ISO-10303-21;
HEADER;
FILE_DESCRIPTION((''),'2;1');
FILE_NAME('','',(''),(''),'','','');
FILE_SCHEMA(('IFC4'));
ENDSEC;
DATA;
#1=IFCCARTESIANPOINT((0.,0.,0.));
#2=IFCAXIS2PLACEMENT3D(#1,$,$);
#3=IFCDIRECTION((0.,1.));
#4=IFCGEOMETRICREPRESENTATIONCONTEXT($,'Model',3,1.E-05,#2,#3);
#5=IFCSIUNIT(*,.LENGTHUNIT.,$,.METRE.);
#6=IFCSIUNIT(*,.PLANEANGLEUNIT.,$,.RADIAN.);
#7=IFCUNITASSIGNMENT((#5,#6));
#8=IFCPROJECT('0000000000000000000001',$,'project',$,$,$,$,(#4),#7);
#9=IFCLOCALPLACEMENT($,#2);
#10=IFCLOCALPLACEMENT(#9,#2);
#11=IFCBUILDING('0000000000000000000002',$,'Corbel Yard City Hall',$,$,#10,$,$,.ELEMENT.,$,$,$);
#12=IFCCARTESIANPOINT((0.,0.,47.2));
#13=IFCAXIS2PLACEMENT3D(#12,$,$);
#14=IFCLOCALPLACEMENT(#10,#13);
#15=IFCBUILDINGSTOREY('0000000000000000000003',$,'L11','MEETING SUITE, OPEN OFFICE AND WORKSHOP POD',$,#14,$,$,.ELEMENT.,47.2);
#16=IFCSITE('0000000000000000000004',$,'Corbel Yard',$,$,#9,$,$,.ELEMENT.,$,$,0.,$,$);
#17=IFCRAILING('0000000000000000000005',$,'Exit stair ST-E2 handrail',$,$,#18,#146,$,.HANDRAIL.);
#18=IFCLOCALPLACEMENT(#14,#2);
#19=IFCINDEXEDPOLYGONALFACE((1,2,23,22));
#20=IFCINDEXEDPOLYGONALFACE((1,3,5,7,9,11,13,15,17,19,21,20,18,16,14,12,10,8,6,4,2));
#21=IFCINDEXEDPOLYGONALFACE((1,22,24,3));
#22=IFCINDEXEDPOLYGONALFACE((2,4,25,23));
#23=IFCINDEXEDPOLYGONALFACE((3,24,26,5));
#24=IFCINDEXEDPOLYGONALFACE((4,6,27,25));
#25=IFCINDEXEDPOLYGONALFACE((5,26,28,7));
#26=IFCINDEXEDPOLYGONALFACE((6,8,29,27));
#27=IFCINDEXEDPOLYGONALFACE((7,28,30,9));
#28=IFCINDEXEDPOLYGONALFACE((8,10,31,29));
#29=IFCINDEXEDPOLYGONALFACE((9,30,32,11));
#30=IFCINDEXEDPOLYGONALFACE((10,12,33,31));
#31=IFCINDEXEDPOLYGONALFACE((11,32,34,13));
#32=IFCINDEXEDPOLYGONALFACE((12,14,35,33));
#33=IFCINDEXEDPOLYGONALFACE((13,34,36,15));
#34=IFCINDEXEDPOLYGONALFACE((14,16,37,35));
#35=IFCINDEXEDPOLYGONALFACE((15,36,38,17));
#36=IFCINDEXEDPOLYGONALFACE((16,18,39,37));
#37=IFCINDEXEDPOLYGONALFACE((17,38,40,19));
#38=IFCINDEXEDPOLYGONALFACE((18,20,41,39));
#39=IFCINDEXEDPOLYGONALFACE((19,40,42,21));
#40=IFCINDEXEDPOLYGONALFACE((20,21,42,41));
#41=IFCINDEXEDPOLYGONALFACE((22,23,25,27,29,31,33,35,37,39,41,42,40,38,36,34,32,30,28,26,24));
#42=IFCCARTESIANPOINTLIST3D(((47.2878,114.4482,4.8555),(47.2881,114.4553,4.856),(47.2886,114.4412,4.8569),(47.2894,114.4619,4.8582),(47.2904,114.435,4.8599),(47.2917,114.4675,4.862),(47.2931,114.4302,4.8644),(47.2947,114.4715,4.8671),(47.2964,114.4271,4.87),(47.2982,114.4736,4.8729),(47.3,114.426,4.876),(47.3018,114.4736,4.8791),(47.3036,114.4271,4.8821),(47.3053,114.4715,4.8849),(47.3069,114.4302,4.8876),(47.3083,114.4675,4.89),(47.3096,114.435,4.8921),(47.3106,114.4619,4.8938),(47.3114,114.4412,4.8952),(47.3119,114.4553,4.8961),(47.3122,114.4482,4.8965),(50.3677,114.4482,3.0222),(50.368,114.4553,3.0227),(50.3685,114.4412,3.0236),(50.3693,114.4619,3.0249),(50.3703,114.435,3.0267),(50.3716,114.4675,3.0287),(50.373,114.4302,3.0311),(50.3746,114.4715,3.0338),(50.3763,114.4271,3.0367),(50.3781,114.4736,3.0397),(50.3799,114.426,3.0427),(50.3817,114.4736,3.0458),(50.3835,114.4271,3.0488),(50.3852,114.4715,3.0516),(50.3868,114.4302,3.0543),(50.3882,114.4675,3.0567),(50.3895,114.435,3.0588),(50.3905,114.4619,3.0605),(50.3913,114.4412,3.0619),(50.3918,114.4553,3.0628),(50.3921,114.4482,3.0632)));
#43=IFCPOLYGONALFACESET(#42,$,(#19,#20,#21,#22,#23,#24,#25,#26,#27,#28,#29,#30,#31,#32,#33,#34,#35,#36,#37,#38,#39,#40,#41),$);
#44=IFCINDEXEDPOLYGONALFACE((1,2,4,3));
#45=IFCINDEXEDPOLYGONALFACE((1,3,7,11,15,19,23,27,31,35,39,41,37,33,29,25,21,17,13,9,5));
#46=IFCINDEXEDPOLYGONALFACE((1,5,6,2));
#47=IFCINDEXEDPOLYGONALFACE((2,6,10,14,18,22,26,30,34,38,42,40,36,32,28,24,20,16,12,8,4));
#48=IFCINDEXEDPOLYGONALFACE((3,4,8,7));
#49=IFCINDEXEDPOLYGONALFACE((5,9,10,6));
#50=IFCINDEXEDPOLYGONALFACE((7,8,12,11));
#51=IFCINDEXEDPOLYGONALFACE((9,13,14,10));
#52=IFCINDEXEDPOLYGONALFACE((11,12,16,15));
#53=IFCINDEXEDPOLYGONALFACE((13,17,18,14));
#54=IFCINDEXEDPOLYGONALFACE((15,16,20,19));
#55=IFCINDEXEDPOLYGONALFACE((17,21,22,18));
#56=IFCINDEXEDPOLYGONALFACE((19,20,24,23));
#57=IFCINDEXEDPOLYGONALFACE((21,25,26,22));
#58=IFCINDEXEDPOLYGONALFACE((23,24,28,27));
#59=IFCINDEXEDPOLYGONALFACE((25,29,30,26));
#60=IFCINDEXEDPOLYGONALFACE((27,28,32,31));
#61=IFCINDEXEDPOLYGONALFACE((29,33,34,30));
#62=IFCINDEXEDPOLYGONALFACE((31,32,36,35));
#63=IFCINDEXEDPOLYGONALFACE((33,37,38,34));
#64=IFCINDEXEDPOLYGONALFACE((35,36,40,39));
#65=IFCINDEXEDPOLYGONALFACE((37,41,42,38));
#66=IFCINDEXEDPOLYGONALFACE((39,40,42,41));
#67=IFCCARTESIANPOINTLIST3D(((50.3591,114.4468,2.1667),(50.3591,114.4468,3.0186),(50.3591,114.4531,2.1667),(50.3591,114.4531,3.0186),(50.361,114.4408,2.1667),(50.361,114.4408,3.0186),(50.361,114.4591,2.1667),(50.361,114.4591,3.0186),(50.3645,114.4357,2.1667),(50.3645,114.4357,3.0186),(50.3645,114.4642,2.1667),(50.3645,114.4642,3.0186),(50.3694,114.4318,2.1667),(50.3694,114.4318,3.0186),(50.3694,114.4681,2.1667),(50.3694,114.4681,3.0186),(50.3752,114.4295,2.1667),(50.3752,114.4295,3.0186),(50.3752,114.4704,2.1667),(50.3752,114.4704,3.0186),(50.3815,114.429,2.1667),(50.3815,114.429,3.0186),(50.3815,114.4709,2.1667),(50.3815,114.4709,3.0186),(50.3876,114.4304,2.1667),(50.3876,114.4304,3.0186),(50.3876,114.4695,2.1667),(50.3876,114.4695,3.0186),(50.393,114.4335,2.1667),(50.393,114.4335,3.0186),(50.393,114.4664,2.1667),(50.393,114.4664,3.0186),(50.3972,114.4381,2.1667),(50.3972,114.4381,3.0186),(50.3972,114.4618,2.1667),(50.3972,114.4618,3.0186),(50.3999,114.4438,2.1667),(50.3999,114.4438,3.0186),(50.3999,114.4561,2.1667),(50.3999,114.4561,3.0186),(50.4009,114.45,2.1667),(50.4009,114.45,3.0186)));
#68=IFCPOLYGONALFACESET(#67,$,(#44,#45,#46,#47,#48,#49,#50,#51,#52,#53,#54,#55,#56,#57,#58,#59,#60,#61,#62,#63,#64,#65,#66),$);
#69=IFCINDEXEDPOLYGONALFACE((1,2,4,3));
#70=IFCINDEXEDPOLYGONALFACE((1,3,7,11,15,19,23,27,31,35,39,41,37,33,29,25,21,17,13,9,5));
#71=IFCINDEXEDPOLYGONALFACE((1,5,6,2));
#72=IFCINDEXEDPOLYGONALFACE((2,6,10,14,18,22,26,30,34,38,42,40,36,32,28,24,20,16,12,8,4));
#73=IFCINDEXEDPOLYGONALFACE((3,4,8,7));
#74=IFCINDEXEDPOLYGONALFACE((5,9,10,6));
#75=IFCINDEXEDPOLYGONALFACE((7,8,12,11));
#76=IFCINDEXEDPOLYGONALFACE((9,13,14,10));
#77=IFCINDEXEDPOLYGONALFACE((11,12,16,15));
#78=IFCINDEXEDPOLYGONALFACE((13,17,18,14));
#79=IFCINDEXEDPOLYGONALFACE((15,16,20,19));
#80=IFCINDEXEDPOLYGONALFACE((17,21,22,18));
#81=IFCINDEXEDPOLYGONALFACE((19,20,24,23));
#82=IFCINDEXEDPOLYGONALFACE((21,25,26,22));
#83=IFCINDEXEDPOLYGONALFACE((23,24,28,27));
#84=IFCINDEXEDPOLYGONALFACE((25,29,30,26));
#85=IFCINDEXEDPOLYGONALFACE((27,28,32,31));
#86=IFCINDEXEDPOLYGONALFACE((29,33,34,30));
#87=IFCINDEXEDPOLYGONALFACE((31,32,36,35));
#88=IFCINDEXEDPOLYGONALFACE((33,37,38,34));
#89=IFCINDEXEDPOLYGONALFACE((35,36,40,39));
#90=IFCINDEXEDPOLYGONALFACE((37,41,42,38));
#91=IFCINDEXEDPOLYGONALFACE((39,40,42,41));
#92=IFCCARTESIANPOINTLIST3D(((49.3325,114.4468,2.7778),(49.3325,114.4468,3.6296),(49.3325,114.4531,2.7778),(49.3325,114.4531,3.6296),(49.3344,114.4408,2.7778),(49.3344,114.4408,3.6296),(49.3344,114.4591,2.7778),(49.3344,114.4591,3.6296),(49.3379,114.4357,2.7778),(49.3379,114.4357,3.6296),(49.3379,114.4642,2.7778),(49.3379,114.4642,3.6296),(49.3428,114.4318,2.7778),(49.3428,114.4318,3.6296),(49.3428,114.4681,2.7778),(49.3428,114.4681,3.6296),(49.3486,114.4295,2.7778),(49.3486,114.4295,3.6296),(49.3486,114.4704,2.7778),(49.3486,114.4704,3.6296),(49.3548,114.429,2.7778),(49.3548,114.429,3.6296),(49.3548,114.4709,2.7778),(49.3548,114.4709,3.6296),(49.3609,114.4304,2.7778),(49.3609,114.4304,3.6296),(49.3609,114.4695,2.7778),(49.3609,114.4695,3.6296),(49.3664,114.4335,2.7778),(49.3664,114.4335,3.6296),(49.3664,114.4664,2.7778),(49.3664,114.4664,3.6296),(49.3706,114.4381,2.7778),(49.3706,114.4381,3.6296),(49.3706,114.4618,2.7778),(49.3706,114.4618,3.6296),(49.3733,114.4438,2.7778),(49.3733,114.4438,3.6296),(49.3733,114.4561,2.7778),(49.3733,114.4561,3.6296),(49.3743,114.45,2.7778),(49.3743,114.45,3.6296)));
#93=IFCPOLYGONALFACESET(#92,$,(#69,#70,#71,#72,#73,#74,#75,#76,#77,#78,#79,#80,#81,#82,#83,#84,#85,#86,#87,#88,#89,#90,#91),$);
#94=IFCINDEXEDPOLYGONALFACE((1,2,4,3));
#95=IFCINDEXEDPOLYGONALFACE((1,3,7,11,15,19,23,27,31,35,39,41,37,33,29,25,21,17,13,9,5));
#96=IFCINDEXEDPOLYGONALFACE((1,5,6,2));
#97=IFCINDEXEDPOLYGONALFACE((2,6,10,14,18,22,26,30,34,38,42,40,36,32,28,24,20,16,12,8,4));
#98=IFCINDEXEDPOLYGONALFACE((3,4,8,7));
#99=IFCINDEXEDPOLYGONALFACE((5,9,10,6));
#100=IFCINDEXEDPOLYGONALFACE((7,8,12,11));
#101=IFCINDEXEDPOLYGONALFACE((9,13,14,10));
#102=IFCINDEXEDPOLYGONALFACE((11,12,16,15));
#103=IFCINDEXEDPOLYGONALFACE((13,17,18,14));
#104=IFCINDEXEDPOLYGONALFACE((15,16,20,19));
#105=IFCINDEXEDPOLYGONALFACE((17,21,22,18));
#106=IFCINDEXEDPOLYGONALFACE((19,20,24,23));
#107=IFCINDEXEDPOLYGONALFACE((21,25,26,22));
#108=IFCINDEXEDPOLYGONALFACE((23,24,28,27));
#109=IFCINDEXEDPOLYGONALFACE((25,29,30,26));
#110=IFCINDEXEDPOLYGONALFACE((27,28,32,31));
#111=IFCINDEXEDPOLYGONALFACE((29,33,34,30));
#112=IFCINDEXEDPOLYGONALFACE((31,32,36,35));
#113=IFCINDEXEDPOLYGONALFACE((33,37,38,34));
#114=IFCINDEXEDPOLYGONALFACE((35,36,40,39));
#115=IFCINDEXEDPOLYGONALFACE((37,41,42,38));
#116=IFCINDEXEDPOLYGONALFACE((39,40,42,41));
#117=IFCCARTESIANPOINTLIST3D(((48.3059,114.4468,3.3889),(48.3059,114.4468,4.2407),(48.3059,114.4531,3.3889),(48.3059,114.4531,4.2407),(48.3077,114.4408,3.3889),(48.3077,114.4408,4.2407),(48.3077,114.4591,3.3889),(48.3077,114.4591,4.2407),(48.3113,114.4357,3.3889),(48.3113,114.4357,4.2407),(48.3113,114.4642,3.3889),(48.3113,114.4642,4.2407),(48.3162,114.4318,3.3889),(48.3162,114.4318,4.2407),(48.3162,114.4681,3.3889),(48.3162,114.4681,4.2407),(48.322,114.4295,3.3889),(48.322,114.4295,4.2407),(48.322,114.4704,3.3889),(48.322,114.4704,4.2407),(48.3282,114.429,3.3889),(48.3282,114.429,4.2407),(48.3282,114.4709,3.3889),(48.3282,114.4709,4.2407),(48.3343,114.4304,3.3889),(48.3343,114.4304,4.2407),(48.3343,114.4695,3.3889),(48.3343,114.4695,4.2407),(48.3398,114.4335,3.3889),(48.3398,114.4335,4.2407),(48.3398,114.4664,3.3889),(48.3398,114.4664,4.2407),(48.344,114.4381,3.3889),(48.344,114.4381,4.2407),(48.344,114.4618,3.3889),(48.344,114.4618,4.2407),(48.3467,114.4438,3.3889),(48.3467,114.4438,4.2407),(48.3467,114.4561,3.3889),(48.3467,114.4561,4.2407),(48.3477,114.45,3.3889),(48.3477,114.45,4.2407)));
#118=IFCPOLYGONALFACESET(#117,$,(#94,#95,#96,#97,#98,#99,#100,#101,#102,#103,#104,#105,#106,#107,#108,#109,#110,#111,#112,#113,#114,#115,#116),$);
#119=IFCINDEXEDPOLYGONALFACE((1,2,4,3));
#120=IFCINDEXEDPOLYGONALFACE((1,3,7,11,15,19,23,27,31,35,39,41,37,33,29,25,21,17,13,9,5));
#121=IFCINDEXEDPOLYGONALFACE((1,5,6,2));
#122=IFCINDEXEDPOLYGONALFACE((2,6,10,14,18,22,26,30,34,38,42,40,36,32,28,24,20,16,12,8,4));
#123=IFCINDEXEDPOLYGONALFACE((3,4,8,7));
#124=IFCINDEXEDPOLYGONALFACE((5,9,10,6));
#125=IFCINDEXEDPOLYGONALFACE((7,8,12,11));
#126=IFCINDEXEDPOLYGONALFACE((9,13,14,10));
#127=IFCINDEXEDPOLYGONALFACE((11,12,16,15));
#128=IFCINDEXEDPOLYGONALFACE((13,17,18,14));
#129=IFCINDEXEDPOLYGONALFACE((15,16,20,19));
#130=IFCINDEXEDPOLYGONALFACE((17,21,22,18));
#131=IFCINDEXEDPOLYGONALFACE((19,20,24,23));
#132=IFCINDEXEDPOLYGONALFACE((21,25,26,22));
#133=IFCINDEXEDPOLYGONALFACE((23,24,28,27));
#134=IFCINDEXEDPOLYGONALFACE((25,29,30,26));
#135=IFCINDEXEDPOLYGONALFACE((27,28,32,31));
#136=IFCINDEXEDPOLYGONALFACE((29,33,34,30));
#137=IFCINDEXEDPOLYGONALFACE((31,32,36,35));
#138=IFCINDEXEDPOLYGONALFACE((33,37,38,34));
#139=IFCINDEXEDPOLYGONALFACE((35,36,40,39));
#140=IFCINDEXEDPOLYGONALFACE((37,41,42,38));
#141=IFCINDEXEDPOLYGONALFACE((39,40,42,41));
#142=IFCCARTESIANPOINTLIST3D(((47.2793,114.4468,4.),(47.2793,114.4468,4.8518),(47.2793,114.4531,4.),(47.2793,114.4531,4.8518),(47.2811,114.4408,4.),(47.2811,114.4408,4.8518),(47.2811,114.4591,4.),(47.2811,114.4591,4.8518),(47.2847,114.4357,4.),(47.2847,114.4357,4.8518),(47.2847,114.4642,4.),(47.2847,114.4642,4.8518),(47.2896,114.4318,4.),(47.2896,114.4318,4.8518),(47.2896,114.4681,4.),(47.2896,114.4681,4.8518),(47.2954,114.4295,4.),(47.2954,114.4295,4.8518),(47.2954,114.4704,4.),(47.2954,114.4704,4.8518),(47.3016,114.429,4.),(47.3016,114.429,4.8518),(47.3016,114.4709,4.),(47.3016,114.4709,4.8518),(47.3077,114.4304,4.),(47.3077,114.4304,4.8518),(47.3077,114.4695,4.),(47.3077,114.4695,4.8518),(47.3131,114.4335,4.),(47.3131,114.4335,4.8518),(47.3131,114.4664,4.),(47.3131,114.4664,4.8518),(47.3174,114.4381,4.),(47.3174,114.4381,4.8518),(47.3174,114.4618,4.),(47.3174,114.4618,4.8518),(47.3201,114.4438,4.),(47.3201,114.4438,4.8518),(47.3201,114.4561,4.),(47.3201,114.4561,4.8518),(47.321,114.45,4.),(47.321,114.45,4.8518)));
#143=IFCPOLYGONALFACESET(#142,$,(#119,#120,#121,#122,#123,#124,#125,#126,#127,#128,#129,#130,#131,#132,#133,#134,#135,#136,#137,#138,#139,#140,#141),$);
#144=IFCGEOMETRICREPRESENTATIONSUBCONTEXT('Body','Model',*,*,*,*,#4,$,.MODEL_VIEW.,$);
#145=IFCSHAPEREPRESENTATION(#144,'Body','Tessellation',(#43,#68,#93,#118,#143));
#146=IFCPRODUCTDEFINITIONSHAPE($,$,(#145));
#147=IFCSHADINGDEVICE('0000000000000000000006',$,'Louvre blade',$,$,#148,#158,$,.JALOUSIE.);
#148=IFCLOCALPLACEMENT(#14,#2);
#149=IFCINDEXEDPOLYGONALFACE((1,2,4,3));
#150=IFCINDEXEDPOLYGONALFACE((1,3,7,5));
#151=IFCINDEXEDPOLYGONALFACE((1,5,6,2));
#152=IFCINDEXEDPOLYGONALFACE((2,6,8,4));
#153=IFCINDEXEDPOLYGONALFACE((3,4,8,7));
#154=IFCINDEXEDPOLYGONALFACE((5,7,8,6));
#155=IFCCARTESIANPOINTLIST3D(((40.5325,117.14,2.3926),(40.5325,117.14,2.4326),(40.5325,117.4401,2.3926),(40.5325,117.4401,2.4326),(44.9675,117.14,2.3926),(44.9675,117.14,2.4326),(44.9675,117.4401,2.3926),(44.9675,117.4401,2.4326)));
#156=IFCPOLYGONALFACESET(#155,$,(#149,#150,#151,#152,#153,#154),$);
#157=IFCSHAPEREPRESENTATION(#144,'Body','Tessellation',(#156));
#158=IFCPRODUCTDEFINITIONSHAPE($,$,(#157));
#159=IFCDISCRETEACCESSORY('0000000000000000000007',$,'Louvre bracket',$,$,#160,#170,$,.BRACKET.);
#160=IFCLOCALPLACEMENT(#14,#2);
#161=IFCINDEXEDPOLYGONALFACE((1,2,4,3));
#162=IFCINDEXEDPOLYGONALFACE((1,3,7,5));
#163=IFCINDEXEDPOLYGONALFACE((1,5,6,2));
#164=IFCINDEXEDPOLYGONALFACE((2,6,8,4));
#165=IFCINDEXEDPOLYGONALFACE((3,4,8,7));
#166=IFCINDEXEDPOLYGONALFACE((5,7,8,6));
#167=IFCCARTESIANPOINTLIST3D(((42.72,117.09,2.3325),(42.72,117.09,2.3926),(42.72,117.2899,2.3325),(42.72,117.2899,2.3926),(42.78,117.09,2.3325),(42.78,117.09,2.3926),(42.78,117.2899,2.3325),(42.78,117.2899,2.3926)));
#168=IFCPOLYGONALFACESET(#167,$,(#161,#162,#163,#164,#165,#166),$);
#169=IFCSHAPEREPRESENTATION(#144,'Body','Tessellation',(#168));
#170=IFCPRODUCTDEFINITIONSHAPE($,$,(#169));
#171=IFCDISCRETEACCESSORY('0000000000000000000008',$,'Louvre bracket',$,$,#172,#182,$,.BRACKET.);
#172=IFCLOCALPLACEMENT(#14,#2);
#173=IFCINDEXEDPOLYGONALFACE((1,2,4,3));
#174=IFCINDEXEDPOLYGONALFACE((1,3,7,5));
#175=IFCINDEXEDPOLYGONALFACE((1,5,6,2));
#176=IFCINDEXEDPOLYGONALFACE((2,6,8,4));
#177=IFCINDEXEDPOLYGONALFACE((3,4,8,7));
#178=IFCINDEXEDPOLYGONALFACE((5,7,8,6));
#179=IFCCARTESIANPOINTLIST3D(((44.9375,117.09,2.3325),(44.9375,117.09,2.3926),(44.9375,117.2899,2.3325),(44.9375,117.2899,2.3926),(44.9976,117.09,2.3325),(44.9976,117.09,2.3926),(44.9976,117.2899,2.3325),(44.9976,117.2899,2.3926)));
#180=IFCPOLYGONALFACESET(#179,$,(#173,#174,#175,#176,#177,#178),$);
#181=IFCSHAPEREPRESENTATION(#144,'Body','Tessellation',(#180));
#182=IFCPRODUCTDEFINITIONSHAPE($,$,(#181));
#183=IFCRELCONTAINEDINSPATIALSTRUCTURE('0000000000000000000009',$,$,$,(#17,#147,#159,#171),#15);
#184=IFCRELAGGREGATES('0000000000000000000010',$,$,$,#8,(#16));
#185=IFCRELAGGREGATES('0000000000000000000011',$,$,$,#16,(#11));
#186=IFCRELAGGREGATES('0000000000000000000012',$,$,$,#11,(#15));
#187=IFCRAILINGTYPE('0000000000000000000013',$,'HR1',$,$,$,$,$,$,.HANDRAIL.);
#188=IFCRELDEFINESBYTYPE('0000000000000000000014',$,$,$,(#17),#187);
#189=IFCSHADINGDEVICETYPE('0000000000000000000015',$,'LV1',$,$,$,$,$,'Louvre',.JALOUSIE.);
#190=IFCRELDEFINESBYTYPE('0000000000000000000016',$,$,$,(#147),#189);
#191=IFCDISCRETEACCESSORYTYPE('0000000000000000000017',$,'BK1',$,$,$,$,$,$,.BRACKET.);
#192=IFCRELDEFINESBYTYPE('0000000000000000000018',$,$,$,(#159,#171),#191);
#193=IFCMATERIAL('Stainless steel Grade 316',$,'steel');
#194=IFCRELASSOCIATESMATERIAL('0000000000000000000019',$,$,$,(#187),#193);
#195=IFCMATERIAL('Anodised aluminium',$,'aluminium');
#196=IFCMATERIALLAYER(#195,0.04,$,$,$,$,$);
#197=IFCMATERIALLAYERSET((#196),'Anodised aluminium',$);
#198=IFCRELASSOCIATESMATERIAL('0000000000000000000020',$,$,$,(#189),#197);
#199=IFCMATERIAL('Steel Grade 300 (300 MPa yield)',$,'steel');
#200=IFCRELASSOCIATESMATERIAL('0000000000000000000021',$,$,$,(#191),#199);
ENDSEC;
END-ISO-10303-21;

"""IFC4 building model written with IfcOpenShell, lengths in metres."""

from ifc_helpers import new_model, si_unit, direction, frame, origin, origin_2d, place, context, subcontext, project, spatial, rectangle, circle, extrude, material, layer, layer_set, type_object, element, save


model = new_model("IFC4")

# Units and contexts
model_context = context("Model", 3, precision=1e-05, world=origin(), true_north=direction((0.0, 1.0)))
body_context = subcontext(model_context, "Body", "Model", "MODEL_VIEW")
ifc_project = project(units=[si_unit("LENGTHUNIT", "METRE"), si_unit("PLANEANGLEUNIT", "RADIAN")], contexts=[model_context])

# Site, building, storey
site_placement = place(None, origin())
site = spatial("IfcSite", under=ifc_project, at=site_placement, Name="Corbel Yard", CompositionType="ELEMENT", RefElevation=0.0)
building_placement = place(site_placement, origin())
building = spatial("IfcBuilding", under=site, at=building_placement, Name="Corbel Yard City Hall", CompositionType="ELEMENT")
storey_placement = place(building_placement, frame((0.0, 0.0, 47.2)))
storey = spatial("IfcBuildingStorey", under=building, at=storey_placement, Name="L11", Description="MEETING SUITE, OPEN OFFICE AND WORKSHOP POD", CompositionType="ELEMENT", Elevation=47.2)

# Railing
ifc_material_1 = material(Name="Stainless steel Grade 316", Category="steel")
railing_type = type_object("IfcRailingType", Name="HR1", PredefinedType="HANDRAIL", material=ifc_material_1)
railing_placement = place(storey_placement, frame((50.3799, 114.45, 2.1667)))
element("IfcRailing", 1, at=railing_placement, inside=storey, type_object=railing_type, Name="Exit stair ST-E2 handrail", PredefinedType="HANDRAIL", context=body_context, shape_type="SweptSolid", body=[
    extrude(circle(Radius=0.0239, at=origin_2d()), frame((0.0, 0.0, 0.876), z_axis=(-0.859291, 0.0, 0.511487), x_axis=(0.0, -1.0, 0.0)), (0.0, 0.0, 1.0), 3.5842),
    extrude(circle(Radius=0.021, at=origin_2d()), origin(), (0.0, 0.0, 1.0), 0.8518),
    extrude(circle(Radius=0.021, at=origin_2d()), frame((-1.0266, 0.0, 0.6111)), (0.0, 0.0, 1.0), 0.8518),
    extrude(circle(Radius=0.021, at=origin_2d()), frame((-2.0532, 0.0, 1.2222)), (0.0, 0.0, 1.0), 0.8518),
    extrude(circle(Radius=0.021, at=origin_2d()), frame((-3.0798, 0.0, 1.8333)), (0.0, 0.0, 1.0), 0.8518),
])

# Shading device
ifc_material_2 = material(Name="Anodised aluminium", Category="aluminium")
ifc_layer_1 = layer(ifc_material_2, 0.04)
ifc_layer_set_1 = layer_set([ifc_layer_1], Name="Anodised aluminium")
shading_device_type = type_object("IfcShadingDeviceType", Name="LV1", ElementType="Louvre", PredefinedType="JALOUSIE", material=ifc_layer_set_1)
shading_device_placement = place(storey_placement, frame((42.75, 117.29, 2.3926), z_axis=(0.0, 0.0, 1.0), x_axis=(1.0, 0.0, 0.0)))
element("IfcShadingDevice", 2, at=shading_device_placement, inside=storey, type_object=shading_device_type, Name="Louvre blade", PredefinedType="JALOUSIE", context=body_context, shape_type="SweptSolid", body=[
    extrude(rectangle(XDim=4.4351, YDim=0.3, at=origin_2d()), origin(), (0.0, 0.0, 1.0), 0.04),
])

# Discrete accessories
ifc_material_3 = material(Name="Steel Grade 300 (300 MPa yield)", Category="steel")
discrete_accessory_type = type_object("IfcDiscreteAccessoryType", Name="BK1", PredefinedType="BRACKET", material=ifc_material_3)
for number, where, z_axis, x_axis, name in (
    (3, (42.75, 117.1899, 2.3325), (0.0, 0.0, 1.0), (1.0, 0.0, 0.0), "Louvre bracket"),
    (4, (44.9675, 117.1899, 2.3325), (0.0, 0.0, 1.0), (1.0, 0.0, 0.0), "Louvre bracket"),
):
    element("IfcDiscreteAccessory", number, at=place(storey_placement, frame(where, z_axis=z_axis, x_axis=x_axis)), inside=storey, type_object=discrete_accessory_type, Name=name, PredefinedType="BRACKET", context=body_context, shape_type="SweptSolid", body=[
        extrude(rectangle(XDim=0.0601, YDim=0.2, at=origin_2d()), origin(), (0.0, 0.0, 1.0), 0.0601),
    ])

save(model, "model.ifc")
